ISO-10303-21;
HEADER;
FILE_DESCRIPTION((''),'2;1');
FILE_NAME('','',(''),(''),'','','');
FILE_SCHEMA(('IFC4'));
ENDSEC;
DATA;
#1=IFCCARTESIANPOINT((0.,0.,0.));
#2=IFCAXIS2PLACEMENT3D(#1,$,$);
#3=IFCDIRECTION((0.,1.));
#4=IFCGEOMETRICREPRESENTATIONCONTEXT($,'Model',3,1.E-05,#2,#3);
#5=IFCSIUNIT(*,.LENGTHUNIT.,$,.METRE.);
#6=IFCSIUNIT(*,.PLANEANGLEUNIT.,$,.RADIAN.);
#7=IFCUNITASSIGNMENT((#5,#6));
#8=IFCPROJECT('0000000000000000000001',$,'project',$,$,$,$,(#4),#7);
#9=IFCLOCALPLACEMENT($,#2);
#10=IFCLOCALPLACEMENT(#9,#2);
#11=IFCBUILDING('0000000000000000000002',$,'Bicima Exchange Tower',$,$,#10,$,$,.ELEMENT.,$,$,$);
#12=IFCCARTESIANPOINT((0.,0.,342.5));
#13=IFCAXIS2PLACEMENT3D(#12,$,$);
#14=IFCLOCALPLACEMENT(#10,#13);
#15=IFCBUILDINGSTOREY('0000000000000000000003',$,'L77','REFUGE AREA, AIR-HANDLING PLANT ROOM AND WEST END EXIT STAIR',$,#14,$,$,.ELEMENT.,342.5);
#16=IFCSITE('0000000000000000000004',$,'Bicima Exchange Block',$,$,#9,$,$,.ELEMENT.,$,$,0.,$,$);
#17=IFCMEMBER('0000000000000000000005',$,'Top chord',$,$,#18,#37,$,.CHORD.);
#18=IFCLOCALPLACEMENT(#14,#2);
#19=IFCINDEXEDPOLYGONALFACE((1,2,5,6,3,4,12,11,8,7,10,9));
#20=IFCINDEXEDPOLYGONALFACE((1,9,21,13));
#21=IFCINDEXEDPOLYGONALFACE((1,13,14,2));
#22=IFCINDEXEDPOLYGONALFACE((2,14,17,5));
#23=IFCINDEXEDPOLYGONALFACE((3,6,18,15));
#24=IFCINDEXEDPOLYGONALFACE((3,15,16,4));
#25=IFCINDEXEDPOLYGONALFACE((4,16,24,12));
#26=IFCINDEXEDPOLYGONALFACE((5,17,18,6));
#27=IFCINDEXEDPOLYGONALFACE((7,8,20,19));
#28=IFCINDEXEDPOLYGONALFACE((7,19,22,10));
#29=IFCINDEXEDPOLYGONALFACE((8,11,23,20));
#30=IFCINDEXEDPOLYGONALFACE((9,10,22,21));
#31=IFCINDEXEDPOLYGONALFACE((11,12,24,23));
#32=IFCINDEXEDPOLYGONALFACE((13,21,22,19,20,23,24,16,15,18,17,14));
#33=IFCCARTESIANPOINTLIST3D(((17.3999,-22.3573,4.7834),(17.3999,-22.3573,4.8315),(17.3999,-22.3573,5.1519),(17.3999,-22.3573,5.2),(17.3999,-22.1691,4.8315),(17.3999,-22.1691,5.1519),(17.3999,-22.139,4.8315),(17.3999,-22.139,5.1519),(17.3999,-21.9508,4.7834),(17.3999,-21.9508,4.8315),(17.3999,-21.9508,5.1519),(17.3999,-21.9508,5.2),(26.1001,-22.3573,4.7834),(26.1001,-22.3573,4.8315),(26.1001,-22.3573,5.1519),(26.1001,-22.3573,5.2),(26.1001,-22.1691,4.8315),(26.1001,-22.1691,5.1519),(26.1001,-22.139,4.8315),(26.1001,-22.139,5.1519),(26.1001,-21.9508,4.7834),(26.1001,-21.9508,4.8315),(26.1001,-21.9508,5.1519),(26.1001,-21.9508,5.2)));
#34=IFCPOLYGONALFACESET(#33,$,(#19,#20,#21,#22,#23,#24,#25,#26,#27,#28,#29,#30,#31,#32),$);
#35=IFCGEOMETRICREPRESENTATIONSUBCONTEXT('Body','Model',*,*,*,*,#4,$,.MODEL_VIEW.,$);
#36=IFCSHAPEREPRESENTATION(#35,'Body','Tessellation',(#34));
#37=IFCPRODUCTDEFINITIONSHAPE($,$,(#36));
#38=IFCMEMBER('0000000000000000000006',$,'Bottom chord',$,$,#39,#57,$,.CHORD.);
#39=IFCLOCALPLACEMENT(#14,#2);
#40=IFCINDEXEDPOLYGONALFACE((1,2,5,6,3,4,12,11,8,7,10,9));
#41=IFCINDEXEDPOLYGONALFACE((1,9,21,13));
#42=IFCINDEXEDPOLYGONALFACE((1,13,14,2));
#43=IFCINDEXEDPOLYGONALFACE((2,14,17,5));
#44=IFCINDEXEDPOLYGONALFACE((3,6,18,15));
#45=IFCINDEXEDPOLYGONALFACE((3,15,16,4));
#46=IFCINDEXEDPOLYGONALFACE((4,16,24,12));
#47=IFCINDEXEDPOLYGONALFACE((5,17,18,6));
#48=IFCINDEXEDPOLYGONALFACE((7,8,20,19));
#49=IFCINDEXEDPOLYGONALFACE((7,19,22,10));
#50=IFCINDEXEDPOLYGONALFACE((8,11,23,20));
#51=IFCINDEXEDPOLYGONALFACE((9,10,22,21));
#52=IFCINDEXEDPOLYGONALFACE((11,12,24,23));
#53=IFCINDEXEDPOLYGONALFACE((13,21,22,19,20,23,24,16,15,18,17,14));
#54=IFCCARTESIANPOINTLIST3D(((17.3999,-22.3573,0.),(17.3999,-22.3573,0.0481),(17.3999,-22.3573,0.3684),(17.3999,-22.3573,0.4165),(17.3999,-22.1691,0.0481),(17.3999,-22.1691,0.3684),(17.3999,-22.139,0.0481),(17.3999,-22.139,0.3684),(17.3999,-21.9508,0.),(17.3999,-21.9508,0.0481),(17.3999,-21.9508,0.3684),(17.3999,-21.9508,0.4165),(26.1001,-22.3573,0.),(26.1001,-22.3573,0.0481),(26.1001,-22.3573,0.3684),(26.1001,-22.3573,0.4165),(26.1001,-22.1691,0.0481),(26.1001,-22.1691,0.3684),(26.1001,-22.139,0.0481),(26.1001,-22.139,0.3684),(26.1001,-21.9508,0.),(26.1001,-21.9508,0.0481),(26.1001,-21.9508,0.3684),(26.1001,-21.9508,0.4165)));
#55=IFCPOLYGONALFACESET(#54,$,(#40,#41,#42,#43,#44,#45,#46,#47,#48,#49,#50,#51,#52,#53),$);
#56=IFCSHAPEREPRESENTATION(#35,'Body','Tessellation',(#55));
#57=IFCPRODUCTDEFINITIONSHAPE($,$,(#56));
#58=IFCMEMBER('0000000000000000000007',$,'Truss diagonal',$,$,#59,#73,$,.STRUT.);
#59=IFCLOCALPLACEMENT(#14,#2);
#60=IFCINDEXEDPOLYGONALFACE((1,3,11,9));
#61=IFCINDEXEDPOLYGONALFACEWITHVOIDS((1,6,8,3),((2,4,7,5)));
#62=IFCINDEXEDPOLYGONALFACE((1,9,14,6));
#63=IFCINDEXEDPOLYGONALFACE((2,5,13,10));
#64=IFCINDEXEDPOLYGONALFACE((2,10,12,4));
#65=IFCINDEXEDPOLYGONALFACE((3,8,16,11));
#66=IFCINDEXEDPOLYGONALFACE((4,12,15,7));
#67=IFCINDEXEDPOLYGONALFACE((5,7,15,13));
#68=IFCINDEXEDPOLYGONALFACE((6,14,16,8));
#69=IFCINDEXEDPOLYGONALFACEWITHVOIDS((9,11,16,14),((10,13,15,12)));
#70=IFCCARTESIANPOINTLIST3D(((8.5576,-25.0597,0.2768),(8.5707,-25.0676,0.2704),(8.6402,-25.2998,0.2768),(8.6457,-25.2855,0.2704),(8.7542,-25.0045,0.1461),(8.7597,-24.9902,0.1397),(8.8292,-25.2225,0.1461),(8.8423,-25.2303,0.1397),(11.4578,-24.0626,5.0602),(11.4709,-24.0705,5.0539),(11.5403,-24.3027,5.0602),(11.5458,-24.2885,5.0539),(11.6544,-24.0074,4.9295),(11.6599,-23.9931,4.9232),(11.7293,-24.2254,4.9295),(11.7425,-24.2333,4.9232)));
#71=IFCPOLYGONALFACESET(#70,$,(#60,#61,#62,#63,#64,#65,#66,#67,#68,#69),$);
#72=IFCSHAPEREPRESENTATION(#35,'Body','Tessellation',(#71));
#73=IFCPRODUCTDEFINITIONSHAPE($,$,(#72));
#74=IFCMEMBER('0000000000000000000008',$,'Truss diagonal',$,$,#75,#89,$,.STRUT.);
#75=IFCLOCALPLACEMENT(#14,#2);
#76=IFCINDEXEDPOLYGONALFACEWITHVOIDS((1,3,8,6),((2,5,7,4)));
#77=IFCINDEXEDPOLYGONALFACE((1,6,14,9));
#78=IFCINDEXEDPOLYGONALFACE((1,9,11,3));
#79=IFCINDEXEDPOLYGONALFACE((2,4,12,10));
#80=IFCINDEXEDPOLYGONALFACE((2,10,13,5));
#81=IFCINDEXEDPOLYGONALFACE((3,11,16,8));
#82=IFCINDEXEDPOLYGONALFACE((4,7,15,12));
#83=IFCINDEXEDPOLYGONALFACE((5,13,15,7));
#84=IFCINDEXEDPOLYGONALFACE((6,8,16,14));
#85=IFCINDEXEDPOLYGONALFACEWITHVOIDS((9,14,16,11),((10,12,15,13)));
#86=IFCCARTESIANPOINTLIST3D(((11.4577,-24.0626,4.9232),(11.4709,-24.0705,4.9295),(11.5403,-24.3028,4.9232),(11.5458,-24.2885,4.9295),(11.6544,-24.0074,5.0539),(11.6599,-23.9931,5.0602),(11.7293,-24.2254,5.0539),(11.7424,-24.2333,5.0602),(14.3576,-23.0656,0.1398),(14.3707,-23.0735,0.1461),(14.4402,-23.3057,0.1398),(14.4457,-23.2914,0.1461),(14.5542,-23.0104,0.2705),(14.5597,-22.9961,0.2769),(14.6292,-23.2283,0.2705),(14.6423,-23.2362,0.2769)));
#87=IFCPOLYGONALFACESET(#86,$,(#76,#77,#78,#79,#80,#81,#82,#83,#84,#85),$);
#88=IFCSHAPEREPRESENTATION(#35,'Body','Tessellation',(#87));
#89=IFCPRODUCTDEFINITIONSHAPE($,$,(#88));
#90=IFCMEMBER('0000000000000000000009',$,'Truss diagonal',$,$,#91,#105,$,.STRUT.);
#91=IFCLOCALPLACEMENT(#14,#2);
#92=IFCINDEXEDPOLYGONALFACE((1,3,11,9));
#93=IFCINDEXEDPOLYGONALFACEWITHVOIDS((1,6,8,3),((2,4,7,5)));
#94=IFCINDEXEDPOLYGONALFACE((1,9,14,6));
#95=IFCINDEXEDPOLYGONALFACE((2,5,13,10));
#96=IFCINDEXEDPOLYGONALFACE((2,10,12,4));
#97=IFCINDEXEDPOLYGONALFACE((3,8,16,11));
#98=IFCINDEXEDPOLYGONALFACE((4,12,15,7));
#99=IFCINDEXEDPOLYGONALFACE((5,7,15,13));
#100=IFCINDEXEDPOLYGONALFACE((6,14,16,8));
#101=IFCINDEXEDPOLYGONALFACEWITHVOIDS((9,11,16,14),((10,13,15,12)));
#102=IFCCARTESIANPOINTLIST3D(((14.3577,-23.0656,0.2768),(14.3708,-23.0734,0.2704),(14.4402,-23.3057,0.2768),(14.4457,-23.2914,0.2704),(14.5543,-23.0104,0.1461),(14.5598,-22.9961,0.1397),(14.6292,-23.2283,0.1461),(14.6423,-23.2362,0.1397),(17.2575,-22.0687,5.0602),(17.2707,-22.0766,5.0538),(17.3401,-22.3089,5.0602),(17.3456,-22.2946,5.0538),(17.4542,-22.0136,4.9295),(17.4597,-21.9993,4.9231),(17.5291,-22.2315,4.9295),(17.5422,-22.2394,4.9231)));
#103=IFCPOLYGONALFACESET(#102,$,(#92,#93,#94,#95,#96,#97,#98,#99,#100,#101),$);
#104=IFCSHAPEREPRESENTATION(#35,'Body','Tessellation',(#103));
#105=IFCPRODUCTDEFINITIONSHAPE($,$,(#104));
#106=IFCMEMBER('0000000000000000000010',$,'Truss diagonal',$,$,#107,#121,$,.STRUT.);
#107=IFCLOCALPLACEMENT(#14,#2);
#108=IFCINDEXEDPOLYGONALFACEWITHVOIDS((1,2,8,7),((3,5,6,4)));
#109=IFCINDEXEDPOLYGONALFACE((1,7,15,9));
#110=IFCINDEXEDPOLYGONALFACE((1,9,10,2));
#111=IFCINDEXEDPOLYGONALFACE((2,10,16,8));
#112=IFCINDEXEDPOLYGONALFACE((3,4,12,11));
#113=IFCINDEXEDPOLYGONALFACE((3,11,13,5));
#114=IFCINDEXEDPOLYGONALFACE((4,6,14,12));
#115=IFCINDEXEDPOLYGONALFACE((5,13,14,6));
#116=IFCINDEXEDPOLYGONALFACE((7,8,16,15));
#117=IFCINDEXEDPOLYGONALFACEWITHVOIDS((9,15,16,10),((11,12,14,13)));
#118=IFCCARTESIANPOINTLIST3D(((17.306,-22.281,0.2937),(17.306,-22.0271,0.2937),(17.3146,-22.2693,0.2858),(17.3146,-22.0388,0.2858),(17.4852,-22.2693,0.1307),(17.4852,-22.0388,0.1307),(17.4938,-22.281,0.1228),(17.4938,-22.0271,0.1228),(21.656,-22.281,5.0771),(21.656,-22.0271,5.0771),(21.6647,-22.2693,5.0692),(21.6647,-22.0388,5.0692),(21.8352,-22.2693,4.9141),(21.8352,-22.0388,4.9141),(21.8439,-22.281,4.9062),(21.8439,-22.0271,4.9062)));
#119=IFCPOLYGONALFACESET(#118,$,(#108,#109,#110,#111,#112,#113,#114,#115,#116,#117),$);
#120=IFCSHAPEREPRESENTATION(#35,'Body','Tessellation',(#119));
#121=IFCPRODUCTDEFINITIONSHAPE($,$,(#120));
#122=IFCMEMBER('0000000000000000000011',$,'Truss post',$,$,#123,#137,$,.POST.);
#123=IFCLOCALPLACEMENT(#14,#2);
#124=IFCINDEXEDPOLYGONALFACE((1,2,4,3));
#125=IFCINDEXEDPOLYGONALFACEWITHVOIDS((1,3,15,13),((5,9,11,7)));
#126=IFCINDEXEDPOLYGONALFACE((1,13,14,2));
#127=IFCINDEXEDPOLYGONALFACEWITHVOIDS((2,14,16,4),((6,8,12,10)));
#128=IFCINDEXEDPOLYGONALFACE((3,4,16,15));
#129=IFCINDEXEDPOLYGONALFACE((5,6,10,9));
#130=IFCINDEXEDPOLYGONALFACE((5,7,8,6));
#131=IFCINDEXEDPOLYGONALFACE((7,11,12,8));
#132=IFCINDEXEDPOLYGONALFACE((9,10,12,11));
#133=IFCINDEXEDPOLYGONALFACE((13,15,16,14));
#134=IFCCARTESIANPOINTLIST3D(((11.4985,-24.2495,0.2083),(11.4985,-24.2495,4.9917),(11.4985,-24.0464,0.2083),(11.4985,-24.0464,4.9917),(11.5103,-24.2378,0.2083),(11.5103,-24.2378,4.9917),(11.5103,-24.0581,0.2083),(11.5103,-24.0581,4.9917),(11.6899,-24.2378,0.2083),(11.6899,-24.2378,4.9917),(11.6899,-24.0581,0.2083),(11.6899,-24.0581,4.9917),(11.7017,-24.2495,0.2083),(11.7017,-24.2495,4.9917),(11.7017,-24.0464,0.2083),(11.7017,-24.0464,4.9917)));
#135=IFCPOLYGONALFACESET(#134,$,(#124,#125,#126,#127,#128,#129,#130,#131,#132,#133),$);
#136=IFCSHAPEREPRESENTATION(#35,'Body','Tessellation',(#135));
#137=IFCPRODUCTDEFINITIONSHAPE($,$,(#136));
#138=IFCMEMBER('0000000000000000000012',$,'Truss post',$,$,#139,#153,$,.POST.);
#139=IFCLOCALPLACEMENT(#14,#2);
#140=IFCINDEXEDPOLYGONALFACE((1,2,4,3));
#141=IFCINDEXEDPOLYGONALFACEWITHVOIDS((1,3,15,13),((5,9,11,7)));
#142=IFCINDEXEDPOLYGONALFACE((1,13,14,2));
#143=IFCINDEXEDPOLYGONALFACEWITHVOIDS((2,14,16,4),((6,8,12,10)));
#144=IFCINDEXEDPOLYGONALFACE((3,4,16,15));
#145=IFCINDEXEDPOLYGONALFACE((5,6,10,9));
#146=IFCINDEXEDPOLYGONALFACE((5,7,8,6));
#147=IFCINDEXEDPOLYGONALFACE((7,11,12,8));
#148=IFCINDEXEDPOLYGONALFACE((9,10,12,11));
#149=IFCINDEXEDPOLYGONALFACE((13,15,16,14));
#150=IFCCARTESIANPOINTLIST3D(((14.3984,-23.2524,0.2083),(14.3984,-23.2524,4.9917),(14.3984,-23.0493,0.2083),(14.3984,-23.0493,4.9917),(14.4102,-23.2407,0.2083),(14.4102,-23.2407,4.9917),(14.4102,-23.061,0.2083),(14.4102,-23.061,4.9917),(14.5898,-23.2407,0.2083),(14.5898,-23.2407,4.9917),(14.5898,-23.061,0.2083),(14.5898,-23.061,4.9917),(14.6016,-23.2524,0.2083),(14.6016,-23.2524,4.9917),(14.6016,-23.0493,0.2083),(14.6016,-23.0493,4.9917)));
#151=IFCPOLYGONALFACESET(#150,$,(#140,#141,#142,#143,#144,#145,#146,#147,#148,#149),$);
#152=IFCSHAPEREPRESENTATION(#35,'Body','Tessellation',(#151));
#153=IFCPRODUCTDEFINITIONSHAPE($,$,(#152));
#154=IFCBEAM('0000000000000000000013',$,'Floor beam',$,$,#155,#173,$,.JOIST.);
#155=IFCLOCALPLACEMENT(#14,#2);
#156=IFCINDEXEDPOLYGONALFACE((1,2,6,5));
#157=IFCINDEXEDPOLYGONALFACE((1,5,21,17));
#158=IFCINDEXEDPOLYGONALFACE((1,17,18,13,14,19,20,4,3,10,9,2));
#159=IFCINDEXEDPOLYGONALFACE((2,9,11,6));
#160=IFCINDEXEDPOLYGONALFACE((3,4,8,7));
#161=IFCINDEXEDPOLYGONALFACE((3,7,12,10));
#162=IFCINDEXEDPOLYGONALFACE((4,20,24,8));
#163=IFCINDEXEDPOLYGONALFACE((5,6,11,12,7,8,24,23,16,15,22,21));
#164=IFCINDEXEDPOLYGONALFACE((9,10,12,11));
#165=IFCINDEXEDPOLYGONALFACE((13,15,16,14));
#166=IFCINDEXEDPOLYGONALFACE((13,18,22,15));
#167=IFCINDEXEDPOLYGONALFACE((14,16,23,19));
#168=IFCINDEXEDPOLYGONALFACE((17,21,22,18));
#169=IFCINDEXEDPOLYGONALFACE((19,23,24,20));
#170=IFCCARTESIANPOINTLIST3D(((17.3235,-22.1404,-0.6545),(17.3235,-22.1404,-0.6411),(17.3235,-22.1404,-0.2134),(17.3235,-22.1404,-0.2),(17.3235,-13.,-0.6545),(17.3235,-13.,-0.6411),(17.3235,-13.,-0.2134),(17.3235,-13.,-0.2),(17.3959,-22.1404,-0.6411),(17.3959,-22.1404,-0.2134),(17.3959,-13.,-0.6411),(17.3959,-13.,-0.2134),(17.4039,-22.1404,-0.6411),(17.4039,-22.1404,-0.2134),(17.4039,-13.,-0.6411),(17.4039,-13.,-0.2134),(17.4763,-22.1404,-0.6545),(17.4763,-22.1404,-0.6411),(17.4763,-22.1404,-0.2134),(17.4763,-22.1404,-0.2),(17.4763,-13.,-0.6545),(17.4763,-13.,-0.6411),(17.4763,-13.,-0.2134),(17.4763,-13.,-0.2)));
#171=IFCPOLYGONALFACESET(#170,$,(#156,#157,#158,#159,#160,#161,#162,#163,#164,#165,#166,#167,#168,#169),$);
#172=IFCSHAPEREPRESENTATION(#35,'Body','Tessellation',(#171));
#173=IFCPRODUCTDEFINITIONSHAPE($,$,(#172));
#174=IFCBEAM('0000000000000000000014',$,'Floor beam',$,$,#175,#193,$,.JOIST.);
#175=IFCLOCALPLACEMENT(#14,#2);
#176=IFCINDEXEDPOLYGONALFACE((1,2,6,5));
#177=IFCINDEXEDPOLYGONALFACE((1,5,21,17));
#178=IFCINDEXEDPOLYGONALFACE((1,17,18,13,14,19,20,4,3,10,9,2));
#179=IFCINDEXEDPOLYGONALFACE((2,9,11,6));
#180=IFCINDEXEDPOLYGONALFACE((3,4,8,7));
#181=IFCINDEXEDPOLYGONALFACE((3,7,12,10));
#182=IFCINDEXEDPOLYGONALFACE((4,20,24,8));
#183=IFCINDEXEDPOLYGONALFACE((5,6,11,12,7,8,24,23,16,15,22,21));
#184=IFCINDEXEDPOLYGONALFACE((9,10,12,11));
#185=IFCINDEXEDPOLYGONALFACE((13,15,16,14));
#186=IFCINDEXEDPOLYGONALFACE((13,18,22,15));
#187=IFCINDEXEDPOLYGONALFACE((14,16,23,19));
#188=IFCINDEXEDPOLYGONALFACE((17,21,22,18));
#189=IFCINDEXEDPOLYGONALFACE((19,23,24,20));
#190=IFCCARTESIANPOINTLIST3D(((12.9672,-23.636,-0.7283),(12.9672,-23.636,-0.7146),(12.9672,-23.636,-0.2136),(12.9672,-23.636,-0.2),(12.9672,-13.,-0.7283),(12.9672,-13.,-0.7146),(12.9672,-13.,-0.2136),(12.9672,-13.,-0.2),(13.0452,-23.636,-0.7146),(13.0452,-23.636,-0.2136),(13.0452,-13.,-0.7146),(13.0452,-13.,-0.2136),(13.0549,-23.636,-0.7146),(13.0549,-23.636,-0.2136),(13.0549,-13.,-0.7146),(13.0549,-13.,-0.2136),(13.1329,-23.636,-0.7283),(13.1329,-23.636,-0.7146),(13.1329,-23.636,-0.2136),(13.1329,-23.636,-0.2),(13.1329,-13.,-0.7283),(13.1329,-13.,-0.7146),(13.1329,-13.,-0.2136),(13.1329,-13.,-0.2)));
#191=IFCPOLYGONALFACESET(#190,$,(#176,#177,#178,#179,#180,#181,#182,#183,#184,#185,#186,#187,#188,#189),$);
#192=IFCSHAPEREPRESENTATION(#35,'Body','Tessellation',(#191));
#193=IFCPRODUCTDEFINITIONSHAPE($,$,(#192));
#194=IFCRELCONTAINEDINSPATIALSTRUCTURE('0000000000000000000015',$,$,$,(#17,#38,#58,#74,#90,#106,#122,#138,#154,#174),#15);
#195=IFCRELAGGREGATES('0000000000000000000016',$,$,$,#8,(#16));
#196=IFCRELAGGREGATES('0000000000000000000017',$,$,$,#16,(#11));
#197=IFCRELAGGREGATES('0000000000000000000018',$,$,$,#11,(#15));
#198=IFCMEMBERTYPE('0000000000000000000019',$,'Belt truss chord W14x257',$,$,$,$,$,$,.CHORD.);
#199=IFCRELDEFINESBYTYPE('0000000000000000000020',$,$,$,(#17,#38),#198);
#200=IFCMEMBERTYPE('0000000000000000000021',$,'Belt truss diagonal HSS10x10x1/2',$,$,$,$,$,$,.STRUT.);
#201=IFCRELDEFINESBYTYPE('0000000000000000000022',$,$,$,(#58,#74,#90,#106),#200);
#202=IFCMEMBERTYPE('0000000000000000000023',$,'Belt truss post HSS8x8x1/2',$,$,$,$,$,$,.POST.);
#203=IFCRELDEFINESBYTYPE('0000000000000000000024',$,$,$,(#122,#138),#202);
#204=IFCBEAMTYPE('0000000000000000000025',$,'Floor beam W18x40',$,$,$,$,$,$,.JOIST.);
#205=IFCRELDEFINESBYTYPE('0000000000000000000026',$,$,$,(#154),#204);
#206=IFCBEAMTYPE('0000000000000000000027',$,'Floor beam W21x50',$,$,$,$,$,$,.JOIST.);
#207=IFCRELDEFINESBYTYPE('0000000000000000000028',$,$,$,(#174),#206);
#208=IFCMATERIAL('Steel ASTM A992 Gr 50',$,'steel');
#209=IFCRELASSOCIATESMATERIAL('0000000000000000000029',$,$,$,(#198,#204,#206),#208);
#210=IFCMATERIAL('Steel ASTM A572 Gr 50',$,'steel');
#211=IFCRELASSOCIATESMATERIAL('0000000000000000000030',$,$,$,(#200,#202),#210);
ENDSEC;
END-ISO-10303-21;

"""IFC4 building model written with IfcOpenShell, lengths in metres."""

from ifc_helpers import new_model, si_unit, direction, frame, origin, origin_2d, place, context, subcontext, project, spatial, hollow_rectangle, i_section, extrude, material, material_profile, profile_set, type_object, element, save


model = new_model("IFC4")

# Units and contexts
model_context = context("Model", 3, precision=1e-05, world=origin(), true_north=direction((0.0, 1.0)))
body_context = subcontext(model_context, "Body", "Model", "MODEL_VIEW")
ifc_project = project(units=[si_unit("LENGTHUNIT", "METRE"), si_unit("PLANEANGLEUNIT", "RADIAN")], contexts=[model_context])

# Site, building, storey
site_placement = place(None, origin())
site = spatial("IfcSite", under=ifc_project, at=site_placement, Name="Bicima Exchange Block", CompositionType="ELEMENT", RefElevation=0.0)
building_placement = place(site_placement, origin())
building = spatial("IfcBuilding", under=site, at=building_placement, Name="Bicima Exchange Tower", CompositionType="ELEMENT")
storey_placement = place(building_placement, frame((0.0, 0.0, 342.5)))
storey = spatial("IfcBuildingStorey", under=building, at=storey_placement, Name="L77", Description="REFUGE AREA, AIR-HANDLING PLANT ROOM AND WEST END EXIT STAIR", CompositionType="ELEMENT", Elevation=342.5)

# Shared definitions
ifc_material_1 = material(Name="Steel ASTM A992 Gr 50", Category="steel")

# Members
ifc_material_profile_1 = material_profile(ifc_material_1, i_section(OverallWidth=0.4065, OverallDepth=0.4165, WebThickness=0.03, FlangeThickness=0.0481, at=origin_2d()))
ifc_profile_set_1 = profile_set([ifc_material_profile_1], Name="Steel ASTM A992 Gr 50")
member_type_1 = type_object("IfcMemberType", Name="Belt truss chord W14x257", PredefinedType="CHORD", material=ifc_profile_set_1)
for number, where, z_axis, x_axis, name in (
    (1, (17.3999, -22.1541, 4.9917), (1.0, 0.0, 0.0), (0.0, 1.0, 0.0), "Top chord"),
    (2, (17.3999, -22.1541, 0.2083), (1.0, 0.0, 0.0), (0.0, 1.0, 0.0), "Bottom chord"),
):
    element("IfcMember", number, at=place(storey_placement, frame(where, z_axis=z_axis, x_axis=x_axis)), inside=storey, type_object=member_type_1, Name=name, PredefinedType="CHORD", context=body_context, shape_type="SweptSolid", body=[
        extrude(i_section(OverallWidth=0.4065, OverallDepth=0.4165, WebThickness=0.03, FlangeThickness=0.0481, at=origin_2d()), origin(), (0.0, 0.0, 1.0), 8.7002),
    ])
ifc_material_2 = material(Name="Steel ASTM A572 Gr 50", Category="steel")
ifc_material_profile_2 = material_profile(ifc_material_2, hollow_rectangle(XDim=0.2539, YDim=0.2539, WallThickness=0.0117, at=origin_2d()))
ifc_profile_set_2 = profile_set([ifc_material_profile_2], Name="Steel ASTM A572 Gr 50")
member_type_2 = type_object("IfcMemberType", Name="Belt truss diagonal HSS10x10x1/2", PredefinedType="STRUT", material=ifc_profile_set_2)
member_1_placement = place(storey_placement, frame((8.7, -25.145, 0.2083), z_axis=(0.5104, 0.175475, 0.841844), x_axis=(-0.325122, 0.945672, 0.0)))
element("IfcMember", 3, at=member_1_placement, inside=storey, type_object=member_type_2, Name="Truss diagonal", PredefinedType="STRUT", context=body_context, shape_type="SweptSolid", body=[
    extrude(hollow_rectangle(XDim=0.2539, YDim=0.2539, WallThickness=0.0117, at=origin_2d()), origin(), (0.0, 0.0, 1.0), 5.6821),
])
for number, where, z_axis, x_axis, name in (
    (4, (11.6001, -24.1479, 4.9917), (0.510368, 0.175479, -0.841862), (-0.325147, 0.945664, 0.0), "Truss diagonal"),
    (5, (14.5, -23.1509, 0.2083), (0.510372, 0.175438, 0.841868), (-0.325075, 0.945688, 0.0), "Truss diagonal"),
):
    element("IfcMember", number, at=place(storey_placement, frame(where, z_axis=z_axis, x_axis=x_axis)), inside=storey, type_object=member_type_2, Name=name, PredefinedType="STRUT", context=body_context, shape_type="SweptSolid", body=[
        extrude(hollow_rectangle(XDim=0.2539, YDim=0.2539, WallThickness=0.0117, at=origin_2d()), origin(), (0.0, 0.0, 1.0), 5.6819),
    ])
member_2_placement = place(storey_placement, frame((17.3999, -22.1541, 0.2083), z_axis=(0.672801, 0.0, 0.739824), x_axis=(0.0, 1.0, 0.0)))
element("IfcMember", 6, at=member_2_placement, inside=storey, type_object=member_type_2, Name="Truss diagonal", PredefinedType="STRUT", context=body_context, shape_type="SweptSolid", body=[
    extrude(hollow_rectangle(XDim=0.2539, YDim=0.2539, WallThickness=0.0117, at=origin_2d()), origin(), (0.0, 0.0, 1.0), 6.4656),
])
ifc_material_profile_3 = material_profile(ifc_material_2, hollow_rectangle(XDim=0.2031, YDim=0.2031, WallThickness=0.0117, at=origin_2d()))
ifc_profile_set_3 = profile_set([ifc_material_profile_3], Name="Steel ASTM A572 Gr 50")
member_type_3 = type_object("IfcMemberType", Name="Belt truss post HSS8x8x1/2", PredefinedType="POST", material=ifc_profile_set_3)
for number, where, z_axis, x_axis, name in (
    (7, (11.6001, -24.1479, 0.2083), (0.0, 0.0, 1.0), (1.0, 0.0, 0.0), "Truss post"),
    (8, (14.5, -23.1509, 0.2083), (0.0, 0.0, 1.0), (1.0, 0.0, 0.0), "Truss post"),
):
    element("IfcMember", number, at=place(storey_placement, frame(where, z_axis=z_axis, x_axis=x_axis)), inside=storey, type_object=member_type_3, Name=name, PredefinedType="POST", context=body_context, shape_type="SweptSolid", body=[
        extrude(hollow_rectangle(XDim=0.2031, YDim=0.2031, WallThickness=0.0117, at=origin_2d()), origin(), (0.0, 0.0, 1.0), 4.7834),
    ])

# Beams
ifc_material_profile_4 = material_profile(ifc_material_1, i_section(OverallWidth=0.1528, OverallDepth=0.4546, WebThickness=0.0081, FlangeThickness=0.0134, at=origin_2d()))
ifc_profile_set_4 = profile_set([ifc_material_profile_4], Name="Steel ASTM A992 Gr 50")
beam_type_1 = type_object("IfcBeamType", Name="Floor beam W18x40", PredefinedType="JOIST", material=ifc_profile_set_4)
beam_1_placement = place(storey_placement, frame((17.3999, -13.0, -0.4272), z_axis=(0.0, -1.0, 0.0), x_axis=(1.0, 0.0, 0.0)))
element("IfcBeam", 9, at=beam_1_placement, inside=storey, type_object=beam_type_1, Name="Floor beam", PredefinedType="JOIST", context=body_context, shape_type="SweptSolid", body=[
    extrude(i_section(OverallWidth=0.1528, OverallDepth=0.4546, WebThickness=0.0081, FlangeThickness=0.0134, at=origin_2d()), origin(), (0.0, 0.0, 1.0), 9.1404),
])
ifc_material_profile_5 = material_profile(ifc_material_1, i_section(OverallWidth=0.1658, OverallDepth=0.5283, WebThickness=0.0098, FlangeThickness=0.0137, at=origin_2d()))
ifc_profile_set_5 = profile_set([ifc_material_profile_5], Name="Steel ASTM A992 Gr 50")
beam_type_2 = type_object("IfcBeamType", Name="Floor beam W21x50", PredefinedType="JOIST", material=ifc_profile_set_5)
beam_2_placement = place(storey_placement, frame((13.05, -13.0, -0.4641), z_axis=(0.0, -1.0, 0.0), x_axis=(1.0, 0.0, 0.0)))
element("IfcBeam", 10, at=beam_2_placement, inside=storey, type_object=beam_type_2, Name="Floor beam", PredefinedType="JOIST", context=body_context, shape_type="SweptSolid", body=[
    extrude(i_section(OverallWidth=0.1658, OverallDepth=0.5283, WebThickness=0.0098, FlangeThickness=0.0137, at=origin_2d()), origin(), (0.0, 0.0, 1.0), 10.636),
])

save(model, "model.ifc")
